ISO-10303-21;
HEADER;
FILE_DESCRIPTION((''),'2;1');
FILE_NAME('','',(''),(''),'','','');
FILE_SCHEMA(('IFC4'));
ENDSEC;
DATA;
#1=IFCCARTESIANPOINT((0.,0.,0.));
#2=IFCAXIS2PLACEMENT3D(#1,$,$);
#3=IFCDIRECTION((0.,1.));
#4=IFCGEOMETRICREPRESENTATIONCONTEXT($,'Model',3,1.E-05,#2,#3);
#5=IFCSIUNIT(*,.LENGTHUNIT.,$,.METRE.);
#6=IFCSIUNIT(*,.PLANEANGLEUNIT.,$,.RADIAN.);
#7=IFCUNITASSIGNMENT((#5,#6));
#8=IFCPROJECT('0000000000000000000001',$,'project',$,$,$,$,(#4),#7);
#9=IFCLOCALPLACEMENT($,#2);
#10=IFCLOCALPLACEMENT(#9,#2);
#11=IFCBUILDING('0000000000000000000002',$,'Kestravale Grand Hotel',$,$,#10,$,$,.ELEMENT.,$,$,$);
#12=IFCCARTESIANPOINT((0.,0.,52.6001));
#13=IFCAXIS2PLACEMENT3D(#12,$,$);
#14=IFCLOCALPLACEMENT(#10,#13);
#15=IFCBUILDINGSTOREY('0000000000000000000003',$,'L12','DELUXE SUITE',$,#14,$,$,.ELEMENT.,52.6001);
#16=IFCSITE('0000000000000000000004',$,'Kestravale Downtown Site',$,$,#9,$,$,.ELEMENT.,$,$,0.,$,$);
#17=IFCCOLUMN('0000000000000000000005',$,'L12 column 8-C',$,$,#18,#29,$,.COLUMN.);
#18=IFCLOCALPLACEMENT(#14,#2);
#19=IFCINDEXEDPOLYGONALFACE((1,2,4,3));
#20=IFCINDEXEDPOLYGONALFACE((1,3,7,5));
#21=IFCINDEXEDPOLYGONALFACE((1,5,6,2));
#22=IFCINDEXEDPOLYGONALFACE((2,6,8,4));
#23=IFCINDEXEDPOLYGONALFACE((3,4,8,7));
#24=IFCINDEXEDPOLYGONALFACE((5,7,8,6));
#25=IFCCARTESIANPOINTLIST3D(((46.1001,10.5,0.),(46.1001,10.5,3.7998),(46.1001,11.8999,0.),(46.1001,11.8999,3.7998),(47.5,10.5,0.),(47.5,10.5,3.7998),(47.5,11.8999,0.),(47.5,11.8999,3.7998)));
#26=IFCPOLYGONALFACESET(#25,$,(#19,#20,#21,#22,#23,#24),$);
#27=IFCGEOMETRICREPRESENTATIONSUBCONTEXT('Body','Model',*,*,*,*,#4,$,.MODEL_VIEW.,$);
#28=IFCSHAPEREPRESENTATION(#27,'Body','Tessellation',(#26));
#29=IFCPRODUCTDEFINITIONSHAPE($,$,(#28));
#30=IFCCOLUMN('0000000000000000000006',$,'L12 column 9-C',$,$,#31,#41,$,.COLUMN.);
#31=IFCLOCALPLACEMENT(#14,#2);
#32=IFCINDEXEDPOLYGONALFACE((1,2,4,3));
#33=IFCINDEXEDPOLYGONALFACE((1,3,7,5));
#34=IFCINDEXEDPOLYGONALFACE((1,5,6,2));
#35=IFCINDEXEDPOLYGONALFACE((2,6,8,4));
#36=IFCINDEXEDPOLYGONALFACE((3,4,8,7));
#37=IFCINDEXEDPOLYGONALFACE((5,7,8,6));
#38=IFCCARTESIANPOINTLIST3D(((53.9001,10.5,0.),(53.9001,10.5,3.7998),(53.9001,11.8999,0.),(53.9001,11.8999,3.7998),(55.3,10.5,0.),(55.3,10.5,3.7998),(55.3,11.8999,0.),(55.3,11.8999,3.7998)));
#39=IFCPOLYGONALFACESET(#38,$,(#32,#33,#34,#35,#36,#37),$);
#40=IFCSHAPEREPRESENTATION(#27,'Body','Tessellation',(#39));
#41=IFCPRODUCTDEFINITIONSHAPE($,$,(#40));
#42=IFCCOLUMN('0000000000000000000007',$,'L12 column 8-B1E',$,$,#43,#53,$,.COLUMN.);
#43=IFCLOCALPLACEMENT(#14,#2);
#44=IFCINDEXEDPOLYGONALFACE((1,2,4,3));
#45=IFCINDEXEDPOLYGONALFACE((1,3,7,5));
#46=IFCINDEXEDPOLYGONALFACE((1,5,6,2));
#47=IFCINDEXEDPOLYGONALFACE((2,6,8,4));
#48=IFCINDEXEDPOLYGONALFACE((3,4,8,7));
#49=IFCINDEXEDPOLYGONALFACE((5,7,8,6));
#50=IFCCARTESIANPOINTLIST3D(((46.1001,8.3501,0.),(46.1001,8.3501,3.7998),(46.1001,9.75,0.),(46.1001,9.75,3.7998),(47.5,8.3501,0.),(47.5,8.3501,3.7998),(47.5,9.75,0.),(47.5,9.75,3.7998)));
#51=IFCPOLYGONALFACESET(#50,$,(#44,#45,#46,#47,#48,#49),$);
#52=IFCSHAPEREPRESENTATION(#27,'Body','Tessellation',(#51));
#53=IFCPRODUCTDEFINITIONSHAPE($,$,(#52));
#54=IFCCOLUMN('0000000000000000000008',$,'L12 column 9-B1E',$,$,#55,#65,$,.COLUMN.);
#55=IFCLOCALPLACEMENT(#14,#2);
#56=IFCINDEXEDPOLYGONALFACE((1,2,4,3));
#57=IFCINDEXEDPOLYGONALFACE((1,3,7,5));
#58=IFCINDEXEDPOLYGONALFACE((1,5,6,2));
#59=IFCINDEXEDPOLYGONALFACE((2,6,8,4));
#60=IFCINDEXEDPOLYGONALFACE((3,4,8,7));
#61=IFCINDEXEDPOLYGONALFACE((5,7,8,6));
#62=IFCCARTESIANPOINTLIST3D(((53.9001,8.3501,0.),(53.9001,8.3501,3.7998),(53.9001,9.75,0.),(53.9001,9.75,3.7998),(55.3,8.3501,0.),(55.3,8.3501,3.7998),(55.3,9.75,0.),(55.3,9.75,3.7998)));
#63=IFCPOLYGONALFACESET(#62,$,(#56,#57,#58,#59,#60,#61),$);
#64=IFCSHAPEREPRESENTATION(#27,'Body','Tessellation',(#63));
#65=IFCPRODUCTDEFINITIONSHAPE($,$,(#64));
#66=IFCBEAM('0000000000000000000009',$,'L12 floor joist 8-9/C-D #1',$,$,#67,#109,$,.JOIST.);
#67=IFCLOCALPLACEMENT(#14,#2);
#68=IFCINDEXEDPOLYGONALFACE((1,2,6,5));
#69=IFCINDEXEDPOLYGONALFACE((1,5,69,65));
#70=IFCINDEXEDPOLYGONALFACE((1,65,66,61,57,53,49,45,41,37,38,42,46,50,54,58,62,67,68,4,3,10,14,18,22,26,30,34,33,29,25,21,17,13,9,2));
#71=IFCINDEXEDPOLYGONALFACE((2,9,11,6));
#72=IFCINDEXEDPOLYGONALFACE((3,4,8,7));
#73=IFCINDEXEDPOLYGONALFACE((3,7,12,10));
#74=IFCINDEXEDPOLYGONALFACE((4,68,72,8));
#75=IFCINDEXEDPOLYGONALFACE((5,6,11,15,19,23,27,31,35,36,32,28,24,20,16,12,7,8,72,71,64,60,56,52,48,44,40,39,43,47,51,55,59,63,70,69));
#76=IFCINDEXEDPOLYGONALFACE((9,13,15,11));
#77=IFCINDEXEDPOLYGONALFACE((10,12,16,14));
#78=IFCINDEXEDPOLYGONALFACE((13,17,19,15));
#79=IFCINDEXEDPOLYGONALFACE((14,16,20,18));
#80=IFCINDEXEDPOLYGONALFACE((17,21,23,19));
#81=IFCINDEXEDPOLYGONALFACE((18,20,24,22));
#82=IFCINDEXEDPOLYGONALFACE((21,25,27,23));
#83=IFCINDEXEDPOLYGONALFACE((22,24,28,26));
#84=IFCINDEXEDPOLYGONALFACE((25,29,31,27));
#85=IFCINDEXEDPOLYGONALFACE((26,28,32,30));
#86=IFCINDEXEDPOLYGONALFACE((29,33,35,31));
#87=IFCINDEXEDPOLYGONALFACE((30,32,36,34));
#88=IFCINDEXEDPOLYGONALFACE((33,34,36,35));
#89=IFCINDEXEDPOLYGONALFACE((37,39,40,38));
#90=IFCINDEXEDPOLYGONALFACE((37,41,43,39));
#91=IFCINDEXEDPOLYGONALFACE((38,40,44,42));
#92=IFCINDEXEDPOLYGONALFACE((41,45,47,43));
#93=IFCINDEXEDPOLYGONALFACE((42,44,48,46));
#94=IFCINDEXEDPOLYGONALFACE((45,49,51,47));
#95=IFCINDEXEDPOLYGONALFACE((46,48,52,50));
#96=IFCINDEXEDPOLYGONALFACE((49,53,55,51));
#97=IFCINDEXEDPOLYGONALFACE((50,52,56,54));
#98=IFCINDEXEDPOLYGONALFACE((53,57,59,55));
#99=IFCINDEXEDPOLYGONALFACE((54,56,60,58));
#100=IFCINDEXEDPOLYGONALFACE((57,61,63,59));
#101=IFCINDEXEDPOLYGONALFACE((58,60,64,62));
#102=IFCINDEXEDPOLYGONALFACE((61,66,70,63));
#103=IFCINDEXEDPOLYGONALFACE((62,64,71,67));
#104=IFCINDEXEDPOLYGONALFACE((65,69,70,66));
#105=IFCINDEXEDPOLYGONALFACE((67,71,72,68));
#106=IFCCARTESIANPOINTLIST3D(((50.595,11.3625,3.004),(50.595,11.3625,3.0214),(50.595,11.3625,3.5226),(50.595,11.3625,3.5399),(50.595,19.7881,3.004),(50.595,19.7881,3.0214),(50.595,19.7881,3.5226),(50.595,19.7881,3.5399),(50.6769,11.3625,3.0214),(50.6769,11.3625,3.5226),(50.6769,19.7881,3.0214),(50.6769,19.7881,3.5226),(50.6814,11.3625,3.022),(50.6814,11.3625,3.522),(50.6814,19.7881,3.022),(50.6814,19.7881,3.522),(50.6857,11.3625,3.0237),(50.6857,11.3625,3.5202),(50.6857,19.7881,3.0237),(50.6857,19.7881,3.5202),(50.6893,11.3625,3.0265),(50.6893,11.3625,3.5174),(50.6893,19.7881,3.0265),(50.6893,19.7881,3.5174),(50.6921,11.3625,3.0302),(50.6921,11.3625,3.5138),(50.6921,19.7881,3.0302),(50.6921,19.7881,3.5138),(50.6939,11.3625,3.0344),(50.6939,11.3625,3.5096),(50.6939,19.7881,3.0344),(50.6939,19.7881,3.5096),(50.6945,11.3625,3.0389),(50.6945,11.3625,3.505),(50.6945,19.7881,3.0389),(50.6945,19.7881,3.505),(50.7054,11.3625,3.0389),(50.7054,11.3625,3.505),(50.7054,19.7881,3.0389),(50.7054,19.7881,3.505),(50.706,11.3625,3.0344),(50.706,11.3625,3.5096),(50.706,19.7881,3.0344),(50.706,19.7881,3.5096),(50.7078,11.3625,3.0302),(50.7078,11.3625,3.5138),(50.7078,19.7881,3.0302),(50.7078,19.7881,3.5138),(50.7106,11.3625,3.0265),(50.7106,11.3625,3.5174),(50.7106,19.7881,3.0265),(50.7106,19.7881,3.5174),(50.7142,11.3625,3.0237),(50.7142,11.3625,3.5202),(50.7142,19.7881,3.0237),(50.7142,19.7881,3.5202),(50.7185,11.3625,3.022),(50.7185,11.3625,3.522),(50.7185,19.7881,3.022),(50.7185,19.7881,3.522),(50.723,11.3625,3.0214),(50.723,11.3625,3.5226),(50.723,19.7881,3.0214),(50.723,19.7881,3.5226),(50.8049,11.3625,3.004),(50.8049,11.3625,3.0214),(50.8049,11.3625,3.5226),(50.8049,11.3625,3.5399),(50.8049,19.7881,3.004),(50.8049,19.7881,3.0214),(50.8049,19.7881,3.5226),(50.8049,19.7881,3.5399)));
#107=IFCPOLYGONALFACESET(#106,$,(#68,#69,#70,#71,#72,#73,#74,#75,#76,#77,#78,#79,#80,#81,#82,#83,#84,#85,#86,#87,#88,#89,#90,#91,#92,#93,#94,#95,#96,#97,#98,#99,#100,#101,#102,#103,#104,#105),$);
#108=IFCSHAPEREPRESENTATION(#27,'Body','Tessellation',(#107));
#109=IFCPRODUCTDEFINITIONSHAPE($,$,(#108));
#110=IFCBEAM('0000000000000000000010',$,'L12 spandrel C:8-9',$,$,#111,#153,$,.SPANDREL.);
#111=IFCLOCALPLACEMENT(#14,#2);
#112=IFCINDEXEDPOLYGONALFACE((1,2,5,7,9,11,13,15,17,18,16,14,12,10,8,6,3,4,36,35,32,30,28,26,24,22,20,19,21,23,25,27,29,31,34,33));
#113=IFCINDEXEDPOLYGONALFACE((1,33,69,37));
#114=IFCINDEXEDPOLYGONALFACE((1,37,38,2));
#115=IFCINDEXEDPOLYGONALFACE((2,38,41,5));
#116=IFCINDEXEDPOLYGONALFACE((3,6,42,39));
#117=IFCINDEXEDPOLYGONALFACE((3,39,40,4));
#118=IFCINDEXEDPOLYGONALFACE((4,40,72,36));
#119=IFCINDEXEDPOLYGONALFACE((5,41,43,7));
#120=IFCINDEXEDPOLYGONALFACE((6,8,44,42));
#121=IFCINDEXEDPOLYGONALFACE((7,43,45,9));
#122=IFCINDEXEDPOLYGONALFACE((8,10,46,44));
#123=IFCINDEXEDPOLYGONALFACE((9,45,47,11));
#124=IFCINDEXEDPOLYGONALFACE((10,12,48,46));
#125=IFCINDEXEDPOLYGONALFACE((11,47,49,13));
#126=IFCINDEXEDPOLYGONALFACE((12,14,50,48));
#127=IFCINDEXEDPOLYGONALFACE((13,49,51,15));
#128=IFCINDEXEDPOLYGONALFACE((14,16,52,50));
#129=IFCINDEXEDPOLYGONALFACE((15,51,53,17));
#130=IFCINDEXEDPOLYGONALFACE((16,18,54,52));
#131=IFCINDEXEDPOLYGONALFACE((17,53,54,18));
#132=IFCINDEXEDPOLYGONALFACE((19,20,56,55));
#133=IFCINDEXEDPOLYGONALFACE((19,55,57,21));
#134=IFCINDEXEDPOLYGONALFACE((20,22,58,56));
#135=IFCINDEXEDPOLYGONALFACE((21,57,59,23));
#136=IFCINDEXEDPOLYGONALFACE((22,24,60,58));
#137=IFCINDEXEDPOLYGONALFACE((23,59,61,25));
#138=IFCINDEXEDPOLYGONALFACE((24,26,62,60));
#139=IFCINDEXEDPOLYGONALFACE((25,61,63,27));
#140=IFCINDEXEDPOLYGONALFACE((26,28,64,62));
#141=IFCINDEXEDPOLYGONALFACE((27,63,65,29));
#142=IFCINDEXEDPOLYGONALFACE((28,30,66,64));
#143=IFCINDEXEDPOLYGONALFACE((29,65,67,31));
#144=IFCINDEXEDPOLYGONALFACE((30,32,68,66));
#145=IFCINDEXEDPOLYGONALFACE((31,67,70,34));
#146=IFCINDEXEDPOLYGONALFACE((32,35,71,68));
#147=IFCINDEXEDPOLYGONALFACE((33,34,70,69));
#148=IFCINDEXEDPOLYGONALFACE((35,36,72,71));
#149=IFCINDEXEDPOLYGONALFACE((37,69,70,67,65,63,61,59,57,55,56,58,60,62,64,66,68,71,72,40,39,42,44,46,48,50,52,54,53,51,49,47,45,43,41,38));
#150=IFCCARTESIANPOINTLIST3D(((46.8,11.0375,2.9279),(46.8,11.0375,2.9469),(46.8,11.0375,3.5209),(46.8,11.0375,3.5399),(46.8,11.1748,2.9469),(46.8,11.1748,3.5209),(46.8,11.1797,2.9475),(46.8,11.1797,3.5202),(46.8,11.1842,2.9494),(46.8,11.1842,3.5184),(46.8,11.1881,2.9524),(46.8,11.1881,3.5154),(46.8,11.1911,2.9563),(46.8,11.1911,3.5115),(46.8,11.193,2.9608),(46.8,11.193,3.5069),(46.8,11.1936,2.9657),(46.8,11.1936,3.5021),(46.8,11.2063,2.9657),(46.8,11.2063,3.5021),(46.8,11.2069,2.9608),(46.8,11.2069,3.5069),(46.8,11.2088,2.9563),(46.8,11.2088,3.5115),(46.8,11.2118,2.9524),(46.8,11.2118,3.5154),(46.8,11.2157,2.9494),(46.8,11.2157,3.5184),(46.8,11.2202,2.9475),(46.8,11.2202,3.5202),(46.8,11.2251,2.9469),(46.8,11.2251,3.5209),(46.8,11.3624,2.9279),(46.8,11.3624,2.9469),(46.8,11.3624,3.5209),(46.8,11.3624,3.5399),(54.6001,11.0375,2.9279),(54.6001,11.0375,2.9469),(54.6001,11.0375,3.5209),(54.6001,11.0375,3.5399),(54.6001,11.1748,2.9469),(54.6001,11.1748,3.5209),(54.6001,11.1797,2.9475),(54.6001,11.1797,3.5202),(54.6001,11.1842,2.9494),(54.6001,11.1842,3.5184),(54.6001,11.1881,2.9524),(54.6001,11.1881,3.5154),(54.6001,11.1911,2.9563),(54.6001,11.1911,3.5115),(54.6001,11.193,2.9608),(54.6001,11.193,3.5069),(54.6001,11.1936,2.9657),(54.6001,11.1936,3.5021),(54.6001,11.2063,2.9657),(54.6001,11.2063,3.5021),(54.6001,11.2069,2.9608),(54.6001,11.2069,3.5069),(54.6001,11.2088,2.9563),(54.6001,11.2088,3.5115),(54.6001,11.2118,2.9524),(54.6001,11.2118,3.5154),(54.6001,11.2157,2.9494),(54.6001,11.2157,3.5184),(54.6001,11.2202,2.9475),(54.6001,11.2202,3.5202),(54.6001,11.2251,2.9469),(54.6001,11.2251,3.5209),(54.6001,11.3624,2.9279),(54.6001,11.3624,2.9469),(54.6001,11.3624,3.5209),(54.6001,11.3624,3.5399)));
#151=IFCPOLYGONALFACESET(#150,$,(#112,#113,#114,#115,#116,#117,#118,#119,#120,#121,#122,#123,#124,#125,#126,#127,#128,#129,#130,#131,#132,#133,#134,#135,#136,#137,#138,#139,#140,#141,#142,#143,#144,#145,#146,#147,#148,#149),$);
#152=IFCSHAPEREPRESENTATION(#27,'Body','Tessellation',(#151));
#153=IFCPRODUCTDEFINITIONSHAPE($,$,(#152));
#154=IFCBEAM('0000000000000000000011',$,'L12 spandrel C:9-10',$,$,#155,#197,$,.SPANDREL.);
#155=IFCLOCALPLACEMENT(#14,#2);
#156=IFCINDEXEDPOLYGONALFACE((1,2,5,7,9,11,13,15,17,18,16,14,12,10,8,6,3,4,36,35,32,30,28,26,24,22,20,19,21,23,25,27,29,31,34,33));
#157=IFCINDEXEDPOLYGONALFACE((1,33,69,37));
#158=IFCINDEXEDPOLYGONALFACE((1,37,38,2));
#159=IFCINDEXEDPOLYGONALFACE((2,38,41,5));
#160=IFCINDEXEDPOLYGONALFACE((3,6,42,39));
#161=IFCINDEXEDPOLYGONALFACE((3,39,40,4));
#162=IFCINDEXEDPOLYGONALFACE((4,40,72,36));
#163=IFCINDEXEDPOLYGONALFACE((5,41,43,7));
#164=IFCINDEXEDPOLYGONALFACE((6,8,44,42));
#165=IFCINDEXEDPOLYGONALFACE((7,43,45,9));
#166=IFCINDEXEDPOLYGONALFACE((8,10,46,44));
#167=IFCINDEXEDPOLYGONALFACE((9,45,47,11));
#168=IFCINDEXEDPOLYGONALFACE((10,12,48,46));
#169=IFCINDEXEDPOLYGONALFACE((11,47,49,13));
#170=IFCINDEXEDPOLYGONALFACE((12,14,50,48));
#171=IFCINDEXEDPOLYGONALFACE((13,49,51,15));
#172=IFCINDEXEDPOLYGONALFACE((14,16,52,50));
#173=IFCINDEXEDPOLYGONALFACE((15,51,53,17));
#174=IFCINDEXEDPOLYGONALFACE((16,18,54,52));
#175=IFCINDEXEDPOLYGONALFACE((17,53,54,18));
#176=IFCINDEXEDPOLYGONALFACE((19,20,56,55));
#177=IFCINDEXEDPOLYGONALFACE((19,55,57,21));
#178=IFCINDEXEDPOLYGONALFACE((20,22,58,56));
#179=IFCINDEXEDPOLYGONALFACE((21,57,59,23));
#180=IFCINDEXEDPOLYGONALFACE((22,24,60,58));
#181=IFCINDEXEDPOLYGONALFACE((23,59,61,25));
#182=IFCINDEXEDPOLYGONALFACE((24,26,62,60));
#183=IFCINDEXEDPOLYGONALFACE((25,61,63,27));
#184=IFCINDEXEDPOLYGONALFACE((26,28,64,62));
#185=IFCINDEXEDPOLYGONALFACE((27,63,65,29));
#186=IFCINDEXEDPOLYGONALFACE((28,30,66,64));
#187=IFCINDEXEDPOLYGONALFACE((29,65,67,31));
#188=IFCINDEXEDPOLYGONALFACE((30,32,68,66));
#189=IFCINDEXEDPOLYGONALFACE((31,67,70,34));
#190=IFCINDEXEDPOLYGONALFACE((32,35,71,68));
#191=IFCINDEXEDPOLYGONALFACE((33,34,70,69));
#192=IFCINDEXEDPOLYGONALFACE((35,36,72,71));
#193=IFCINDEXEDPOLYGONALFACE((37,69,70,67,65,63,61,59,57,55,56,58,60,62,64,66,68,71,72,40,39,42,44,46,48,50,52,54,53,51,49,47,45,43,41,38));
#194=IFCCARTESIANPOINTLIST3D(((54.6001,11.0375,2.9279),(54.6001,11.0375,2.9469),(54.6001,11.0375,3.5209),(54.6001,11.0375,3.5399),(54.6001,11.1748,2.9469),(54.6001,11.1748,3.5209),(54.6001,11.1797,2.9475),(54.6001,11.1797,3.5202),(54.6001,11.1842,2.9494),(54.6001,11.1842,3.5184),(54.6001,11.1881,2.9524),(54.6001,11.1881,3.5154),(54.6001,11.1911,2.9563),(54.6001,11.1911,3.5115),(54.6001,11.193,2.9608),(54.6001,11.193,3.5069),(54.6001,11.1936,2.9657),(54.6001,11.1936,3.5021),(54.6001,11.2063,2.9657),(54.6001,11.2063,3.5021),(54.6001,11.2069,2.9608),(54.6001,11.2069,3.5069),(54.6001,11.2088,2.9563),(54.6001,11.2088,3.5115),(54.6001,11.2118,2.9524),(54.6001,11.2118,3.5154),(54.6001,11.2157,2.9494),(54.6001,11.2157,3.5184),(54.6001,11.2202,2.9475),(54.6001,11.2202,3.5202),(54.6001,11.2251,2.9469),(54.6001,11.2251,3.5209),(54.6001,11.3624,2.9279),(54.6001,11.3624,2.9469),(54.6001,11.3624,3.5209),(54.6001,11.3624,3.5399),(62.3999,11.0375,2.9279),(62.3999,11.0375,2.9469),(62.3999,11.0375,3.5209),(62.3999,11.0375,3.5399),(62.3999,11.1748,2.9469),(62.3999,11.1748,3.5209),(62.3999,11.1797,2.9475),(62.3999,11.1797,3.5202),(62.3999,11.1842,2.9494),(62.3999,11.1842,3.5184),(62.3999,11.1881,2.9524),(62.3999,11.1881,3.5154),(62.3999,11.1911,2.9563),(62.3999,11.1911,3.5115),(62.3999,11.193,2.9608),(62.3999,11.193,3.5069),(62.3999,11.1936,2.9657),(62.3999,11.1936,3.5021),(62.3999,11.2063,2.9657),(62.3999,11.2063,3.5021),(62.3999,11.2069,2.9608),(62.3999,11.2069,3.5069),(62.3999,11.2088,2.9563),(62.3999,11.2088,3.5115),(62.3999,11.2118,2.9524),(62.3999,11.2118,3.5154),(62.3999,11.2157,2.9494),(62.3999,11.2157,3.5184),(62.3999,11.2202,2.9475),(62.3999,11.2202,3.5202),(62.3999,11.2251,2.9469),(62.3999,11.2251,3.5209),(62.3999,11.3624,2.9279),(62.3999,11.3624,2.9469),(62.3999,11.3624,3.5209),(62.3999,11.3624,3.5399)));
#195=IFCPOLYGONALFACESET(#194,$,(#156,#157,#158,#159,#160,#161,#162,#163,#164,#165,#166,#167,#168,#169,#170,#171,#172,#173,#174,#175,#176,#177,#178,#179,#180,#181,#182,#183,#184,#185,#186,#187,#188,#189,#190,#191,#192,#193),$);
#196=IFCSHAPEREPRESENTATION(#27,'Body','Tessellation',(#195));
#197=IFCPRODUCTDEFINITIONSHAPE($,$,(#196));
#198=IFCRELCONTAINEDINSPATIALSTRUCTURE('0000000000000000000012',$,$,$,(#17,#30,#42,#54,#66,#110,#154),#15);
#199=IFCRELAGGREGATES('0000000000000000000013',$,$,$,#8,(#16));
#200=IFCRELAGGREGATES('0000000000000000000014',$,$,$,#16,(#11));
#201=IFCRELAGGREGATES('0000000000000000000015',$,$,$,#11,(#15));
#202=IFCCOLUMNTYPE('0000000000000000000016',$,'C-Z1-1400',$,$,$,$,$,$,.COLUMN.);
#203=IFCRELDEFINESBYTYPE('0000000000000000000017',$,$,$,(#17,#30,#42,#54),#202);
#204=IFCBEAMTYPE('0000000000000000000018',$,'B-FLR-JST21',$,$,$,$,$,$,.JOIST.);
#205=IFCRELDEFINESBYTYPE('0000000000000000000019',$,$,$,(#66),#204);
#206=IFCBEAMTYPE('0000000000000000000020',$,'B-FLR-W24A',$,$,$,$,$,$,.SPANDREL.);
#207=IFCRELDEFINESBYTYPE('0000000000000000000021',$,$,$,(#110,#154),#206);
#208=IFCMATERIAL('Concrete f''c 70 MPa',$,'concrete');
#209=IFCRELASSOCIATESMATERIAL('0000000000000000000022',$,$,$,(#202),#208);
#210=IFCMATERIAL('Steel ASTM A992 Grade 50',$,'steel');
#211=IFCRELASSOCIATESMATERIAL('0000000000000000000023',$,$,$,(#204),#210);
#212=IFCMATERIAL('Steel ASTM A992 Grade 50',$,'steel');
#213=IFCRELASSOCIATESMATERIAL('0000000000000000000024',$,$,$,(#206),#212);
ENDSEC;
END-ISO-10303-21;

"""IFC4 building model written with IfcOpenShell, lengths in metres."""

from ifc_helpers import new_model, si_unit, direction, frame, origin, origin_2d, place, context, subcontext, project, spatial, rectangle, i_section, extrude, material, material_profile, profile_set, type_object, element, save


model = new_model("IFC4")

# Units and contexts
model_context = context("Model", 3, precision=1e-05, world=origin(), true_north=direction((0.0, 1.0)))
body_context = subcontext(model_context, "Body", "Model", "MODEL_VIEW")
ifc_project = project(units=[si_unit("LENGTHUNIT", "METRE"), si_unit("PLANEANGLEUNIT", "RADIAN")], contexts=[model_context])

# Site, building, storey
site_placement = place(None, origin())
site = spatial("IfcSite", under=ifc_project, at=site_placement, Name="Kestravale Downtown Site", CompositionType="ELEMENT", RefElevation=0.0)
building_placement = place(site_placement, origin())
building = spatial("IfcBuilding", under=site, at=building_placement, Name="Kestravale Grand Hotel", CompositionType="ELEMENT")
storey_placement = place(building_placement, frame((0.0, 0.0, 52.6001)))
storey = spatial("IfcBuildingStorey", under=building, at=storey_placement, Name="L12", Description="DELUXE SUITE", CompositionType="ELEMENT", Elevation=52.6001)

# Columns
ifc_material_1 = material(Name="Concrete f'c 70 MPa", Category="concrete")
ifc_material_profile_1 = material_profile(ifc_material_1, rectangle(XDim=1.3999, YDim=1.3999, at=origin_2d()))
ifc_profile_set_1 = profile_set([ifc_material_profile_1], Name="Concrete f'c 70 MPa")
column_type = type_object("IfcColumnType", Name="C-Z1-1400", PredefinedType="COLUMN", material=ifc_profile_set_1)
for number, where, z_axis, x_axis, name in (
    (1, (46.8, 11.2, 0.0), (0.0, 0.0, 1.0), (1.0, 0.0, 0.0), "L12 column 8-C"),
    (2, (54.6001, 11.2, 0.0), (0.0, 0.0, 1.0), (1.0, 0.0, 0.0), "L12 column 9-C"),
    (3, (46.8, 9.05, 0.0), (0.0, 0.0, 1.0), (1.0, 0.0, 0.0), "L12 column 8-B1E"),
    (4, (54.6001, 9.05, 0.0), (0.0, 0.0, 1.0), (1.0, 0.0, 0.0), "L12 column 9-B1E"),
):
    element("IfcColumn", number, at=place(storey_placement, frame(where, z_axis=z_axis, x_axis=x_axis)), inside=storey, type_object=column_type, Name=name, PredefinedType="COLUMN", context=body_context, shape_type="SweptSolid", body=[
        extrude(rectangle(XDim=1.3999, YDim=1.3999, at=origin_2d()), origin(), (0.0, 0.0, 1.0), 3.7998),
    ])

# Beams
ifc_material_2 = material(Name="Steel ASTM A992 Grade 50", Category="steel")
ifc_material_profile_2 = material_profile(ifc_material_2, i_section(OverallWidth=0.21, OverallDepth=0.5359, WebThickness=0.011, FlangeThickness=0.0173, FilletRadius=0.0176, at=origin_2d()))
ifc_profile_set_2 = profile_set([ifc_material_profile_2], Name="Steel ASTM A992 Grade 50")
beam_type_1 = type_object("IfcBeamType", Name="B-FLR-JST21", PredefinedType="JOIST", material=ifc_profile_set_2)
beam_1_placement = place(storey_placement, frame((50.7, 11.3625, 3.272), z_axis=(0.0, 1.0, 0.0), x_axis=(-1.0, 0.0, 0.0)))
element("IfcBeam", 5, at=beam_1_placement, inside=storey, type_object=beam_type_1, Name="L12 floor joist 8-9/C-D #1", PredefinedType="JOIST", context=body_context, shape_type="SweptSolid", body=[
    extrude(i_section(OverallWidth=0.21, OverallDepth=0.5359, WebThickness=0.011, FlangeThickness=0.0173, FilletRadius=0.0176, at=origin_2d()), origin(), (0.0, 0.0, 1.0), 8.4255),
])
ifc_material_3 = material(Name="Steel ASTM A992 Grade 50", Category="steel")
ifc_material_profile_3 = material_profile(ifc_material_3, i_section(OverallWidth=0.325, OverallDepth=0.6121, WebThickness=0.0127, FlangeThickness=0.019, FilletRadius=0.0188, at=origin_2d()))
ifc_profile_set_3 = profile_set([ifc_material_profile_3], Name="Steel ASTM A992 Grade 50")
beam_type_2 = type_object("IfcBeamType", Name="B-FLR-W24A", PredefinedType="SPANDREL", material=ifc_profile_set_3)
beam_2_placement = place(storey_placement, frame((46.8, 11.2, 3.2339), z_axis=(1.0, 0.0, 0.0), x_axis=(0.0, 1.0, 0.0)))
element("IfcBeam", 6, at=beam_2_placement, inside=storey, type_object=beam_type_2, Name="L12 spandrel C:8-9", PredefinedType="SPANDREL", context=body_context, shape_type="SweptSolid", body=[
    extrude(i_section(OverallWidth=0.325, OverallDepth=0.6121, WebThickness=0.0127, FlangeThickness=0.019, FilletRadius=0.0188, at=origin_2d()), origin(), (0.0, 0.0, 1.0), 7.8),
])
beam_3_placement = place(storey_placement, frame((54.6001, 11.2, 3.2339), z_axis=(1.0, 0.0, 0.0), x_axis=(0.0, 1.0, 0.0)))
element("IfcBeam", 7, at=beam_3_placement, inside=storey, type_object=beam_type_2, Name="L12 spandrel C:9-10", PredefinedType="SPANDREL", context=body_context, shape_type="SweptSolid", body=[
    extrude(i_section(OverallWidth=0.325, OverallDepth=0.6121, WebThickness=0.0127, FlangeThickness=0.019, FilletRadius=0.0188, at=origin_2d()), origin(), (0.0, 0.0, 1.0), 7.7998),
])

save(model, "model.ifc")
